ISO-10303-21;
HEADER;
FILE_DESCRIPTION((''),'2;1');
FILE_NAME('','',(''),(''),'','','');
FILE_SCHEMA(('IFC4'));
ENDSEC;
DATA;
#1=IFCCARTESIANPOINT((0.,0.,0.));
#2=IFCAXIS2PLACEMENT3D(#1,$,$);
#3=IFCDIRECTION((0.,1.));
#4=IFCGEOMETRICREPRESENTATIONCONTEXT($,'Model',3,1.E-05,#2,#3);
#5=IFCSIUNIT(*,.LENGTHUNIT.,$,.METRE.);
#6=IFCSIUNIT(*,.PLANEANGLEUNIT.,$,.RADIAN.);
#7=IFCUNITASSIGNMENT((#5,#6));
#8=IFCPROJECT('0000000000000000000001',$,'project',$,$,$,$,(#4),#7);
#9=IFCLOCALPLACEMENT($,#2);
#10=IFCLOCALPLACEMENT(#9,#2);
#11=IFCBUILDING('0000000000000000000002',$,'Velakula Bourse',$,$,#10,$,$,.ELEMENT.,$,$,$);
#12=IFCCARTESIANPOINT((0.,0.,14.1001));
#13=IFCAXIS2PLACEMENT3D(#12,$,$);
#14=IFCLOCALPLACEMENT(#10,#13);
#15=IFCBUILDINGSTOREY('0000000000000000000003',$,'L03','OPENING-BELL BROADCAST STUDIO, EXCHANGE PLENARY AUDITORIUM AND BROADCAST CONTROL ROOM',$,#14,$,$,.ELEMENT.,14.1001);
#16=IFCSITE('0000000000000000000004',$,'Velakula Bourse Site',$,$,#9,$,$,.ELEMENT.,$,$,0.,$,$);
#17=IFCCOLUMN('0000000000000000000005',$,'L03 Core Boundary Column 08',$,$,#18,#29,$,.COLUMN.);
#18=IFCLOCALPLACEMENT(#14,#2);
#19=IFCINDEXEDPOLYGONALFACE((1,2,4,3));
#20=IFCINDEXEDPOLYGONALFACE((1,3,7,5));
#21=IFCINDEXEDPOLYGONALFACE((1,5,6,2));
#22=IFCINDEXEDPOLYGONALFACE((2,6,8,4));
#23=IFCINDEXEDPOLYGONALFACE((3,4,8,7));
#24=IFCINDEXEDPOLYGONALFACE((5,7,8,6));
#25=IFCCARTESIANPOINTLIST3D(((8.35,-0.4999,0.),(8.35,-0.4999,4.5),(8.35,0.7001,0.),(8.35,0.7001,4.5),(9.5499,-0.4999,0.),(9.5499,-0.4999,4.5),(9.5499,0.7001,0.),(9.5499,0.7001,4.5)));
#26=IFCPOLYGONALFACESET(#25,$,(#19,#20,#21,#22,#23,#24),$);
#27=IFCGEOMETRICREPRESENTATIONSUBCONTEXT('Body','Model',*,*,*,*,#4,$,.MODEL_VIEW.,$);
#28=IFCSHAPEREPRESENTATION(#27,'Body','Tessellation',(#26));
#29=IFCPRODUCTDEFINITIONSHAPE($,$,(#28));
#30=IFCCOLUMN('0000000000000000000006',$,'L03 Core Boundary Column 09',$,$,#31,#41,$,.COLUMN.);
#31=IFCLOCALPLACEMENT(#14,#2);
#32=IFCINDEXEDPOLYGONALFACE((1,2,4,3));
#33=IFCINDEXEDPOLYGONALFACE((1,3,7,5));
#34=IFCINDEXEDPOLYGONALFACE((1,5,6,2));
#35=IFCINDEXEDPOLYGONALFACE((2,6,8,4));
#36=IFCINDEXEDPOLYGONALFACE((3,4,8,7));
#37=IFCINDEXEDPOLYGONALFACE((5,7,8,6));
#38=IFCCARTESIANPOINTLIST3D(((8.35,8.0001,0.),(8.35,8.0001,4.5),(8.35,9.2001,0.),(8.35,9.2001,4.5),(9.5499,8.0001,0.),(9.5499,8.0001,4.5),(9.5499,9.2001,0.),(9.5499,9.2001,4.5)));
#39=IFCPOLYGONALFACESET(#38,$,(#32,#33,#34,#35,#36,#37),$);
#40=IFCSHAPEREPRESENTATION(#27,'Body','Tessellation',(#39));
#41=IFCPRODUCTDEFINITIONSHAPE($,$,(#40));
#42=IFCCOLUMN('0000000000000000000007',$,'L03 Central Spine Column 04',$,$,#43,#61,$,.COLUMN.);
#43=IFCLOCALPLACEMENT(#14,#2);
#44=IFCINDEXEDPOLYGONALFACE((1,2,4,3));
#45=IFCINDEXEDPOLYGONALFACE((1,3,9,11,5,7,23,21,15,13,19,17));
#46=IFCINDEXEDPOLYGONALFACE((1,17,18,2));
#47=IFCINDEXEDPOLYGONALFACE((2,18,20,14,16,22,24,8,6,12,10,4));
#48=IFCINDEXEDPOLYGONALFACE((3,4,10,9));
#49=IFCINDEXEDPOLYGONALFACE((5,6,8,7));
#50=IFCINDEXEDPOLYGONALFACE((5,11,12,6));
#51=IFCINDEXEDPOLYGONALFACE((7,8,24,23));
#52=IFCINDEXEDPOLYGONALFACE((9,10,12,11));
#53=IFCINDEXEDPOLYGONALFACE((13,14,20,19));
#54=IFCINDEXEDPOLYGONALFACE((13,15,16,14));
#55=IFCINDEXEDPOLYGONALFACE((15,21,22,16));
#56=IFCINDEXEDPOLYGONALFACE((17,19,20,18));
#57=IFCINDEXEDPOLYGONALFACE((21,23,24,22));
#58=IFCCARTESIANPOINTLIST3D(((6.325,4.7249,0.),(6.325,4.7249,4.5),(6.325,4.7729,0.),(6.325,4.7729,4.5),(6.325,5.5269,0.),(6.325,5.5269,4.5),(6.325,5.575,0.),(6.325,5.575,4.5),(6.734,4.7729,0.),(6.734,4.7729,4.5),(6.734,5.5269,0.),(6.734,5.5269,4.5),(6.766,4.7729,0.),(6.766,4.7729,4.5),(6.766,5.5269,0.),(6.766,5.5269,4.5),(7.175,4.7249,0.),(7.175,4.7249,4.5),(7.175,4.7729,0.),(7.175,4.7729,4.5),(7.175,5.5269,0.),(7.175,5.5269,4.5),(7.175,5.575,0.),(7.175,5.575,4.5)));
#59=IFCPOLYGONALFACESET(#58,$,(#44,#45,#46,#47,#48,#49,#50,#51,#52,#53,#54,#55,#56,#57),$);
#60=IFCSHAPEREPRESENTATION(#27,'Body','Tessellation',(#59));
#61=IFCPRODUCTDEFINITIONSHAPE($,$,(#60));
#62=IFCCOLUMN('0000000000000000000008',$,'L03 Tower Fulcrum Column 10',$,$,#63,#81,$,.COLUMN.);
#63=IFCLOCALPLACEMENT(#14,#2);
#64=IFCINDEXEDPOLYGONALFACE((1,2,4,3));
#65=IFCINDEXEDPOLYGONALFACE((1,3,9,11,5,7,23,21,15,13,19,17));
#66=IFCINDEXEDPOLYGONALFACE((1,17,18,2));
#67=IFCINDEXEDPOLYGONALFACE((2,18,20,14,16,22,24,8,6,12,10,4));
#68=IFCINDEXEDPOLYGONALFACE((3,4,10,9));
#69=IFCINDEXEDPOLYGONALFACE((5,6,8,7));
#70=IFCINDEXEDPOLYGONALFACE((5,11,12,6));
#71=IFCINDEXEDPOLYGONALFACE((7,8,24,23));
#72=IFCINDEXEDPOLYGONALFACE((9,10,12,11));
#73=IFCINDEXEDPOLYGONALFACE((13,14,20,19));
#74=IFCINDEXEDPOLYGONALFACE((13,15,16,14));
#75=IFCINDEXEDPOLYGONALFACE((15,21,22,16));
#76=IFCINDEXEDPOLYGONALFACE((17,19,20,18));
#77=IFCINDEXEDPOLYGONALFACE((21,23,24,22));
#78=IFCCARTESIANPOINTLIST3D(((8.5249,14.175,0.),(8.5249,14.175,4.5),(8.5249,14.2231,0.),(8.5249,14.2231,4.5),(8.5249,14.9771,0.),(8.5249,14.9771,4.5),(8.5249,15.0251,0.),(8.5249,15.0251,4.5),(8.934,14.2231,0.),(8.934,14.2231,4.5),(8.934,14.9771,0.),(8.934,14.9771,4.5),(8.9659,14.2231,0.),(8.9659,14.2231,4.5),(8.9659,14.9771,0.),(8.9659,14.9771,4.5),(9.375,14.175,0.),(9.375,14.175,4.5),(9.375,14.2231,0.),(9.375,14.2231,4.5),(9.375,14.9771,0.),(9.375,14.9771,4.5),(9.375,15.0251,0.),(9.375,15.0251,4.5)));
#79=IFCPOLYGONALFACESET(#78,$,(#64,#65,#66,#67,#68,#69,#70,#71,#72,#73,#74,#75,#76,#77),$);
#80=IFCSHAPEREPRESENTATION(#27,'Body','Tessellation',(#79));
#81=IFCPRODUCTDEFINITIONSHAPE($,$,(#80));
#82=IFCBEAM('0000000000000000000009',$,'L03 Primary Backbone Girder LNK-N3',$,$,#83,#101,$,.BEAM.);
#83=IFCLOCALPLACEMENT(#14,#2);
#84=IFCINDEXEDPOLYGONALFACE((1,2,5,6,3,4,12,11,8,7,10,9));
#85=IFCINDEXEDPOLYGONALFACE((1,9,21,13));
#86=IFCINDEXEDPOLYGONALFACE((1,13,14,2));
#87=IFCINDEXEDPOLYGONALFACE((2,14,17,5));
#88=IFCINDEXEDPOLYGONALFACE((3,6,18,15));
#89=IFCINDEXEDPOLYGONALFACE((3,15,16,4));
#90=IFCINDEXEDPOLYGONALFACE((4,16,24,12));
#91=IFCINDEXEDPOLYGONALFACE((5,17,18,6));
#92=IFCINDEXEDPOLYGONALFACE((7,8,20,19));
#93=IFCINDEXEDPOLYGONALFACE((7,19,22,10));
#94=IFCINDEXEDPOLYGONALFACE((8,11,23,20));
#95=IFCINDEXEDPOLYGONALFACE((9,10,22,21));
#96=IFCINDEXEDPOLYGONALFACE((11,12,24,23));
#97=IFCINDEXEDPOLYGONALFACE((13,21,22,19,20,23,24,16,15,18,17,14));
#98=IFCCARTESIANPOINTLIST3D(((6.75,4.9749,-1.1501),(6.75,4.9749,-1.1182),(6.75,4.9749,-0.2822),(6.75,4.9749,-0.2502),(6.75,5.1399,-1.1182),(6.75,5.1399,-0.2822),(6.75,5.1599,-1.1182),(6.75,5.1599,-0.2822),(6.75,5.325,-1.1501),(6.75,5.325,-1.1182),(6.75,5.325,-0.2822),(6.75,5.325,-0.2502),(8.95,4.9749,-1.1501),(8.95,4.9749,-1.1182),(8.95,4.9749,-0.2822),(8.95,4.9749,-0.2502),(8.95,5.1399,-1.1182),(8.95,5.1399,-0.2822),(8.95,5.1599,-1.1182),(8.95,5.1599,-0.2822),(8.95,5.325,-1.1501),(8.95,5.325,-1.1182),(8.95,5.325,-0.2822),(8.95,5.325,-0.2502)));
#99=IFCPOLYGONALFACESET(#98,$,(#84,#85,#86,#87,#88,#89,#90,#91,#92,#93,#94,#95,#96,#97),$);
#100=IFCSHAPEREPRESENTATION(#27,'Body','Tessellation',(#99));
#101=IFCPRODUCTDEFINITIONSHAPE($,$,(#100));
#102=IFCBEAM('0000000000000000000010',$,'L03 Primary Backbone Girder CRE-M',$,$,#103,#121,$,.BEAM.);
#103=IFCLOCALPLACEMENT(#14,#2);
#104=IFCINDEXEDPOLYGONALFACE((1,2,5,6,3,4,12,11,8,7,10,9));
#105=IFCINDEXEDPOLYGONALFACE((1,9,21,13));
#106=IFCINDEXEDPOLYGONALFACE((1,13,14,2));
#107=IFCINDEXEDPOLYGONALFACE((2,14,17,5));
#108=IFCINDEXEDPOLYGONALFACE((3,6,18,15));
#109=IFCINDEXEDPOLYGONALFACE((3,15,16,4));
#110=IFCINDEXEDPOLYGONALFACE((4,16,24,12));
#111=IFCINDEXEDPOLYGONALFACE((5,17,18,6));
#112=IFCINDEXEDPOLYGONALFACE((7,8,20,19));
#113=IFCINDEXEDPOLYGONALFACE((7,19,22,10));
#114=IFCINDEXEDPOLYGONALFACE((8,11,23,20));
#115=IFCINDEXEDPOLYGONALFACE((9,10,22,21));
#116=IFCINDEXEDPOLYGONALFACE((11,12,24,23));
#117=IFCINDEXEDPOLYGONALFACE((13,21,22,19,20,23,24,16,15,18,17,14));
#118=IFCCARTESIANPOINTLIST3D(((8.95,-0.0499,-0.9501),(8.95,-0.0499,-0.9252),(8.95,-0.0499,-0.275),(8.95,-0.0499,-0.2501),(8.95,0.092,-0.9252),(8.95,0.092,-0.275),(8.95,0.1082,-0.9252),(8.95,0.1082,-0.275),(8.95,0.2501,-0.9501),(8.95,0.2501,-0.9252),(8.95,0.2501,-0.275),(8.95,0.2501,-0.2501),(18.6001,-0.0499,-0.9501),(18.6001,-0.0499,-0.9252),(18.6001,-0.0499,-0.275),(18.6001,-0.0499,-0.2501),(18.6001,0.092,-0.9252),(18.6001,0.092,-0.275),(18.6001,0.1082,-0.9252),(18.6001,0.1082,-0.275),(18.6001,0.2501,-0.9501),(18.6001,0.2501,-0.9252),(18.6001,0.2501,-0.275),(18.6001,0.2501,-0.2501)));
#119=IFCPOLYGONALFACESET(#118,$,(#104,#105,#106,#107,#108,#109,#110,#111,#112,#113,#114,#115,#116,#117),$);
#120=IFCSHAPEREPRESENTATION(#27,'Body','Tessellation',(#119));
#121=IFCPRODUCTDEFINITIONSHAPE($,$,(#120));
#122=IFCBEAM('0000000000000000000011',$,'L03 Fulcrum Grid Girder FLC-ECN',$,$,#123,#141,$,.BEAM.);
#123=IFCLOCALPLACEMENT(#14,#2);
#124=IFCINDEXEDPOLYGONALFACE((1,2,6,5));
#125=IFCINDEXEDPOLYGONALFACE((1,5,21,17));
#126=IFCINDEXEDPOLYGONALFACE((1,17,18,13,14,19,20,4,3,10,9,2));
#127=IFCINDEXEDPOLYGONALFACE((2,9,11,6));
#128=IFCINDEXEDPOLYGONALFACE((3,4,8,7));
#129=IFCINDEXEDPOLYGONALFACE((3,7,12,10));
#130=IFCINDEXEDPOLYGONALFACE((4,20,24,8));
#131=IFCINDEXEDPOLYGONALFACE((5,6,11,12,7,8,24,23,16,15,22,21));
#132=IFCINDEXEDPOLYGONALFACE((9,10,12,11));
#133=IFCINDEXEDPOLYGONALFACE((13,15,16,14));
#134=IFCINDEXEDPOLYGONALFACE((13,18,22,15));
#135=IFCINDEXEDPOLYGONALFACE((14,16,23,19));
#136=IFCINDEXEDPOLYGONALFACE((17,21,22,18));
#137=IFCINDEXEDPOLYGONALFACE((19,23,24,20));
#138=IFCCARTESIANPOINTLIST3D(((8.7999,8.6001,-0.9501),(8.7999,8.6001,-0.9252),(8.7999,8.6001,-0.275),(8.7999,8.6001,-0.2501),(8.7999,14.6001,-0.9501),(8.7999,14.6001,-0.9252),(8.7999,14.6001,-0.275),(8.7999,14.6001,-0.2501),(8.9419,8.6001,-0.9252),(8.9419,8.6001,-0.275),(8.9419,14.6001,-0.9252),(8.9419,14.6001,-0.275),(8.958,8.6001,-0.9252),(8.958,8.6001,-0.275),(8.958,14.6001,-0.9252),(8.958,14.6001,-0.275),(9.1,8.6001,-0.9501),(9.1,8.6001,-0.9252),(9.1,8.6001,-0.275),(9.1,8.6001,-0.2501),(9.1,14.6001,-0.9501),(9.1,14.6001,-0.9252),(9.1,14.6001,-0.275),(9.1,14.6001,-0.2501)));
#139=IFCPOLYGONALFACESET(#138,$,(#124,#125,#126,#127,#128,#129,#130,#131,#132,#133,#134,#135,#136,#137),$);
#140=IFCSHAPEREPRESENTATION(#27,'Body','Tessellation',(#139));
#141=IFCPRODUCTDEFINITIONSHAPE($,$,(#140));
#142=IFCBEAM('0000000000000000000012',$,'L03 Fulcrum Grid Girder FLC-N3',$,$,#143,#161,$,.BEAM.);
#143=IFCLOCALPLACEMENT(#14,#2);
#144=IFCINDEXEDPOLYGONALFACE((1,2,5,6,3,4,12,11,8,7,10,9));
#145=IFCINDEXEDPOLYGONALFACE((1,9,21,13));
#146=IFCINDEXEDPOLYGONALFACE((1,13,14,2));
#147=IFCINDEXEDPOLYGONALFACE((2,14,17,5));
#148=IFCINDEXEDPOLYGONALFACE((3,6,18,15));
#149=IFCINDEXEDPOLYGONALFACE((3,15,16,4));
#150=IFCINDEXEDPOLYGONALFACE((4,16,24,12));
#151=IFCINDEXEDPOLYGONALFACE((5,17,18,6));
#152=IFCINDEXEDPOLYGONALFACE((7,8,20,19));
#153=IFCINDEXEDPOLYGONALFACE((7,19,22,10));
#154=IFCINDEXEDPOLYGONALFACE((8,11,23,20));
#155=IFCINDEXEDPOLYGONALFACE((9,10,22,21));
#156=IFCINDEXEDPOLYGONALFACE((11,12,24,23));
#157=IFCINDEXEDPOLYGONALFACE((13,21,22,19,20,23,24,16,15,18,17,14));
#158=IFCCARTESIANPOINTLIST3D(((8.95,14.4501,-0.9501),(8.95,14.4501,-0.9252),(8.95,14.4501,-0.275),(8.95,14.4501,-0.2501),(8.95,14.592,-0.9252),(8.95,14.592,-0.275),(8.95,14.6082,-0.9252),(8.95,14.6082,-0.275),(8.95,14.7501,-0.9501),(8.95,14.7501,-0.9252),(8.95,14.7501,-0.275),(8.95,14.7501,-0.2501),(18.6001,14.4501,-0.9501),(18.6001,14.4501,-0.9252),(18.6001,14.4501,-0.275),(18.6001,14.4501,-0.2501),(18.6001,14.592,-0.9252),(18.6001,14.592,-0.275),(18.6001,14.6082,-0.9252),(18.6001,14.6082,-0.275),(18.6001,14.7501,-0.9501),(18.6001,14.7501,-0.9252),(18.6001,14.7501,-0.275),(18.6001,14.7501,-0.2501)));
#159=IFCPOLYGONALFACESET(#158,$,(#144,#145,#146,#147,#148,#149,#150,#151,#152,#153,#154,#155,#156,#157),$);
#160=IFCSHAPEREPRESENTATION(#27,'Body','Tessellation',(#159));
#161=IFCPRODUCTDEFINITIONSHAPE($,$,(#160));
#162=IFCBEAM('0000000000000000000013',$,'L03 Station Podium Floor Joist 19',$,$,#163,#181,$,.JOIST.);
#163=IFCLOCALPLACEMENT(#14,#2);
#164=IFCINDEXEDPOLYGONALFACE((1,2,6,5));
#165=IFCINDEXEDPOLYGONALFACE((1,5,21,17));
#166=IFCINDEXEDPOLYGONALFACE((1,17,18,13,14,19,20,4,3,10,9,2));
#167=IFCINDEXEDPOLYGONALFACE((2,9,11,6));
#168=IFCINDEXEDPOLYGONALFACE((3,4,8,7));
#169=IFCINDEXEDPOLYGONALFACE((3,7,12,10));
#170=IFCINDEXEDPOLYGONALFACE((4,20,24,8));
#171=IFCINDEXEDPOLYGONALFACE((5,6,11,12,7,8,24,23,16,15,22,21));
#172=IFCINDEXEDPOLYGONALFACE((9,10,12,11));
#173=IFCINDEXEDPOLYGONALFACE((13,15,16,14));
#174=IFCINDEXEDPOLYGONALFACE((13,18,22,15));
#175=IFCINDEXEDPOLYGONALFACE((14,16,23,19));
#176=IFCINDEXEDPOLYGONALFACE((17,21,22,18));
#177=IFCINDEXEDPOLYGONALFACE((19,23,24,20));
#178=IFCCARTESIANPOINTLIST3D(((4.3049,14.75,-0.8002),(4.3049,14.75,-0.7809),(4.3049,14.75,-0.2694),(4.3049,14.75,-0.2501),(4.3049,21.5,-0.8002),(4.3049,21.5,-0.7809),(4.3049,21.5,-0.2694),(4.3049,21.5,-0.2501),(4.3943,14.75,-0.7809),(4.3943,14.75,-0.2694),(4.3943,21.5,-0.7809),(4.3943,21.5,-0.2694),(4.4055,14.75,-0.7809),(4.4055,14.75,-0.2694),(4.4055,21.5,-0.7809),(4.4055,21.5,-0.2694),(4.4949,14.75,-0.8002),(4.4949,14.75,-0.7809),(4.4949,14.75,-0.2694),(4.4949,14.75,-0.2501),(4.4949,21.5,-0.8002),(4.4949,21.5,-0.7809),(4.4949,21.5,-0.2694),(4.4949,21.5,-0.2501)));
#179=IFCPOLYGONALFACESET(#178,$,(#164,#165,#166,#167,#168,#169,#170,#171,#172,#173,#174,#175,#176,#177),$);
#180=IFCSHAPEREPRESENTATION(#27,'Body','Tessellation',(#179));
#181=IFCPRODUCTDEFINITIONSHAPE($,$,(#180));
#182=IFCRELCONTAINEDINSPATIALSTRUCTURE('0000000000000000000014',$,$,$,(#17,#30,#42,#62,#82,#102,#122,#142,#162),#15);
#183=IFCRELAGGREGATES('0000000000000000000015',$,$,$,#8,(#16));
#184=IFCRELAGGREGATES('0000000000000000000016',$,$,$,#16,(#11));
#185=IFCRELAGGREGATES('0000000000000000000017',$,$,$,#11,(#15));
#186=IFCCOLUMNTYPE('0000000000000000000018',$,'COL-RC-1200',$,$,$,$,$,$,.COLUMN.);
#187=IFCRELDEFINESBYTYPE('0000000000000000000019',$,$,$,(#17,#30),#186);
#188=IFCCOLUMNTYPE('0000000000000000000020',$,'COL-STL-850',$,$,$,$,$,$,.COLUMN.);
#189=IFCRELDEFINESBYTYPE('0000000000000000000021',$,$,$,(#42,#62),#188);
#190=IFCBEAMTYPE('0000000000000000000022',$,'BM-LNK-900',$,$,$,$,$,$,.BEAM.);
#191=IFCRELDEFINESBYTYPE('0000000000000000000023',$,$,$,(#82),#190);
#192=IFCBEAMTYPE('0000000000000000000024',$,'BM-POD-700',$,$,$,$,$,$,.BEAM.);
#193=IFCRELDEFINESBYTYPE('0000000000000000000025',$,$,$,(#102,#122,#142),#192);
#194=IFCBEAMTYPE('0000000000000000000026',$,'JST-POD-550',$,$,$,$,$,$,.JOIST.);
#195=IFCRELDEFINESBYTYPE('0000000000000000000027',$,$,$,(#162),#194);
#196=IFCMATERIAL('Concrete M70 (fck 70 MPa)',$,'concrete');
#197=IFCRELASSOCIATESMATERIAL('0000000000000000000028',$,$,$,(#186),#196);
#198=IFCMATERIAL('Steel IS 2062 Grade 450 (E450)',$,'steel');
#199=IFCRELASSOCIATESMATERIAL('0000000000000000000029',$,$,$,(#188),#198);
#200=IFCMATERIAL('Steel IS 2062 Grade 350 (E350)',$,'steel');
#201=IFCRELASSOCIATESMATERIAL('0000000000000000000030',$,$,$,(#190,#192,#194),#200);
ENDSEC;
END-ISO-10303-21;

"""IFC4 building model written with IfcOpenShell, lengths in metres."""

from ifc_helpers import new_model, si_unit, direction, frame, origin, origin_2d, place, context, subcontext, project, spatial, rectangle, i_section, extrude, material, material_profile, profile_set, type_object, element, save


model = new_model("IFC4")

# Units and contexts
model_context = context("Model", 3, precision=1e-05, world=origin(), true_north=direction((0.0, 1.0)))
body_context = subcontext(model_context, "Body", "Model", "MODEL_VIEW")
ifc_project = project(units=[si_unit("LENGTHUNIT", "METRE"), si_unit("PLANEANGLEUNIT", "RADIAN")], contexts=[model_context])

# Site, building, storey
site_placement = place(None, origin())
site = spatial("IfcSite", under=ifc_project, at=site_placement, Name="Velakula Bourse Site", CompositionType="ELEMENT", RefElevation=0.0)
building_placement = place(site_placement, origin())
building = spatial("IfcBuilding", under=site, at=building_placement, Name="Velakula Bourse", CompositionType="ELEMENT")
storey_placement = place(building_placement, frame((0.0, 0.0, 14.1001)))
storey = spatial("IfcBuildingStorey", under=building, at=storey_placement, Name="L03", Description="OPENING-BELL BROADCAST STUDIO, EXCHANGE PLENARY AUDITORIUM AND BROADCAST CONTROL ROOM", CompositionType="ELEMENT", Elevation=14.1001)

# Columns
ifc_material_1 = material(Name="Concrete M70 (fck 70 MPa)", Category="concrete")
ifc_material_profile_1 = material_profile(ifc_material_1, rectangle(XDim=1.2, YDim=1.2, at=origin_2d()), Name="Concrete M70 (fck 70 MPa)")
ifc_profile_set_1 = profile_set([ifc_material_profile_1], Name="Concrete M70 (fck 70 MPa)")
column_type_1 = type_object("IfcColumnType", Name="COL-RC-1200", PredefinedType="COLUMN", material=ifc_profile_set_1)
for number, where, z_axis, x_axis, name in (
    (1, (8.95, 0.1001, 0.0), (0.0, 0.0, 1.0), (1.0, 0.0, 0.0), "L03 Core Boundary Column 08"),
    (2, (8.95, 8.6001, 0.0), (0.0, 0.0, 1.0), (1.0, 0.0, 0.0), "L03 Core Boundary Column 09"),
):
    element("IfcColumn", number, at=place(storey_placement, frame(where, z_axis=z_axis, x_axis=x_axis)), inside=storey, type_object=column_type_1, Name=name, PredefinedType="COLUMN", context=body_context, shape_type="SweptSolid", body=[
        extrude(rectangle(XDim=1.2, YDim=1.2, at=origin_2d()), origin(), (0.0, 0.0, 1.0), 4.5),
    ])
ifc_material_2 = material(Name="Steel IS 2062 Grade 450 (E450)", Category="steel")
ifc_material_profile_2 = material_profile(ifc_material_2, i_section(OverallWidth=0.8501, OverallDepth=0.8501, WebThickness=0.032, FlangeThickness=0.0481, at=origin_2d()), Name="Steel IS 2062 Grade 450 (E450)")
ifc_profile_set_2 = profile_set([ifc_material_profile_2], Name="Steel IS 2062 Grade 450 (E450)")
column_type_2 = type_object("IfcColumnType", Name="COL-STL-850", PredefinedType="COLUMN", material=ifc_profile_set_2)
for number, where, z_axis, x_axis, name in (
    (3, (6.75, 5.1499, 0.0), (0.0, 0.0, 1.0), (1.0, 0.0, 0.0), "L03 Central Spine Column 04"),
    (4, (8.95, 14.6001, 0.0), (0.0, 0.0, 1.0), (1.0, 0.0, 0.0), "L03 Tower Fulcrum Column 10"),
):
    element("IfcColumn", number, at=place(storey_placement, frame(where, z_axis=z_axis, x_axis=x_axis)), inside=storey, type_object=column_type_2, Name=name, PredefinedType="COLUMN", context=body_context, shape_type="SweptSolid", body=[
        extrude(i_section(OverallWidth=0.8501, OverallDepth=0.8501, WebThickness=0.032, FlangeThickness=0.0481, at=origin_2d()), origin(), (0.0, 0.0, 1.0), 4.5),
    ])

# Beams
ifc_material_3 = material(Name="Steel IS 2062 Grade 350 (E350)", Category="steel")
ifc_material_profile_3 = material_profile(ifc_material_3, i_section(OverallWidth=0.3501, OverallDepth=0.8999, WebThickness=0.02, FlangeThickness=0.032, at=origin_2d()), Name="Steel IS 2062 Grade 350 (E350)")
ifc_profile_set_3 = profile_set([ifc_material_profile_3], Name="Steel IS 2062 Grade 350 (E350)")
beam_type_1 = type_object("IfcBeamType", Name="BM-LNK-900", PredefinedType="BEAM", material=ifc_profile_set_3)
beam_1_placement = place(storey_placement, frame((6.75, 5.1499, -0.7002), z_axis=(1.0, 0.0, 0.0), x_axis=(0.0, 1.0, 0.0)))
element("IfcBeam", 5, at=beam_1_placement, inside=storey, type_object=beam_type_1, Name="L03 Primary Backbone Girder LNK-N3", PredefinedType="BEAM", context=body_context, shape_type="SweptSolid", body=[
    extrude(i_section(OverallWidth=0.3501, OverallDepth=0.8999, WebThickness=0.02, FlangeThickness=0.032, at=origin_2d()), origin(), (0.0, 0.0, 1.0), 2.2),
])
ifc_material_profile_4 = material_profile(ifc_material_3, i_section(OverallWidth=0.3, OverallDepth=0.7, WebThickness=0.0161, FlangeThickness=0.0249, at=origin_2d()), Name="Steel IS 2062 Grade 350 (E350)")
ifc_profile_set_4 = profile_set([ifc_material_profile_4], Name="Steel IS 2062 Grade 350 (E350)")
beam_type_2 = type_object("IfcBeamType", Name="BM-POD-700", PredefinedType="BEAM", material=ifc_profile_set_4)
beam_2_placement = place(storey_placement, frame((8.95, 0.1001, -0.6001), z_axis=(1.0, 0.0, 0.0), x_axis=(0.0, 1.0, 0.0)))
element("IfcBeam", 6, at=beam_2_placement, inside=storey, type_object=beam_type_2, Name="L03 Primary Backbone Girder CRE-M", PredefinedType="BEAM", context=body_context, shape_type="SweptSolid", body=[
    extrude(i_section(OverallWidth=0.3, OverallDepth=0.7, WebThickness=0.0161, FlangeThickness=0.0249, at=origin_2d()), origin(), (0.0, 0.0, 1.0), 9.6501),
])
beam_3_placement = place(storey_placement, frame((8.95, 8.6001, -0.6001), z_axis=(0.0, 1.0, 0.0), x_axis=(-1.0, 0.0, 0.0)))
element("IfcBeam", 7, at=beam_3_placement, inside=storey, type_object=beam_type_2, Name="L03 Fulcrum Grid Girder FLC-ECN", PredefinedType="BEAM", context=body_context, shape_type="SweptSolid", body=[
    extrude(i_section(OverallWidth=0.3, OverallDepth=0.7, WebThickness=0.0161, FlangeThickness=0.0249, at=origin_2d()), origin(), (0.0, 0.0, 1.0), 6.0),
])
beam_4_placement = place(storey_placement, frame((8.95, 14.6001, -0.6001), z_axis=(1.0, 0.0, 0.0), x_axis=(0.0, 1.0, 0.0)))
element("IfcBeam", 8, at=beam_4_placement, inside=storey, type_object=beam_type_2, Name="L03 Fulcrum Grid Girder FLC-N3", PredefinedType="BEAM", context=body_context, shape_type="SweptSolid", body=[
    extrude(i_section(OverallWidth=0.3, OverallDepth=0.7, WebThickness=0.0161, FlangeThickness=0.0249, at=origin_2d()), origin(), (0.0, 0.0, 1.0), 9.6501),
])
ifc_material_profile_5 = material_profile(ifc_material_3, i_section(OverallWidth=0.1899, OverallDepth=0.55, WebThickness=0.0112, FlangeThickness=0.0193, at=origin_2d()), Name="Steel IS 2062 Grade 350 (E350)")
ifc_profile_set_5 = profile_set([ifc_material_profile_5], Name="Steel IS 2062 Grade 350 (E350)")
beam_type_3 = type_object("IfcBeamType", Name="JST-POD-550", PredefinedType="JOIST", material=ifc_profile_set_5)
for number, where, z_axis, x_axis, name in (
    (9, (4.3999, 14.75, -0.5251), (0.0, 1.0, 0.0), (-1.0, 0.0, 0.0), "L03 Station Podium Floor Joist 19"),
):
    element("IfcBeam", number, at=place(storey_placement, frame(where, z_axis=z_axis, x_axis=x_axis)), inside=storey, type_object=beam_type_3, Name=name, PredefinedType="JOIST", context=body_context, shape_type="SweptSolid", body=[
        extrude(i_section(OverallWidth=0.1899, OverallDepth=0.55, WebThickness=0.0112, FlangeThickness=0.0193, at=origin_2d()), origin(), (0.0, 0.0, 1.0), 6.75),
    ])

save(model, "model.ifc")
